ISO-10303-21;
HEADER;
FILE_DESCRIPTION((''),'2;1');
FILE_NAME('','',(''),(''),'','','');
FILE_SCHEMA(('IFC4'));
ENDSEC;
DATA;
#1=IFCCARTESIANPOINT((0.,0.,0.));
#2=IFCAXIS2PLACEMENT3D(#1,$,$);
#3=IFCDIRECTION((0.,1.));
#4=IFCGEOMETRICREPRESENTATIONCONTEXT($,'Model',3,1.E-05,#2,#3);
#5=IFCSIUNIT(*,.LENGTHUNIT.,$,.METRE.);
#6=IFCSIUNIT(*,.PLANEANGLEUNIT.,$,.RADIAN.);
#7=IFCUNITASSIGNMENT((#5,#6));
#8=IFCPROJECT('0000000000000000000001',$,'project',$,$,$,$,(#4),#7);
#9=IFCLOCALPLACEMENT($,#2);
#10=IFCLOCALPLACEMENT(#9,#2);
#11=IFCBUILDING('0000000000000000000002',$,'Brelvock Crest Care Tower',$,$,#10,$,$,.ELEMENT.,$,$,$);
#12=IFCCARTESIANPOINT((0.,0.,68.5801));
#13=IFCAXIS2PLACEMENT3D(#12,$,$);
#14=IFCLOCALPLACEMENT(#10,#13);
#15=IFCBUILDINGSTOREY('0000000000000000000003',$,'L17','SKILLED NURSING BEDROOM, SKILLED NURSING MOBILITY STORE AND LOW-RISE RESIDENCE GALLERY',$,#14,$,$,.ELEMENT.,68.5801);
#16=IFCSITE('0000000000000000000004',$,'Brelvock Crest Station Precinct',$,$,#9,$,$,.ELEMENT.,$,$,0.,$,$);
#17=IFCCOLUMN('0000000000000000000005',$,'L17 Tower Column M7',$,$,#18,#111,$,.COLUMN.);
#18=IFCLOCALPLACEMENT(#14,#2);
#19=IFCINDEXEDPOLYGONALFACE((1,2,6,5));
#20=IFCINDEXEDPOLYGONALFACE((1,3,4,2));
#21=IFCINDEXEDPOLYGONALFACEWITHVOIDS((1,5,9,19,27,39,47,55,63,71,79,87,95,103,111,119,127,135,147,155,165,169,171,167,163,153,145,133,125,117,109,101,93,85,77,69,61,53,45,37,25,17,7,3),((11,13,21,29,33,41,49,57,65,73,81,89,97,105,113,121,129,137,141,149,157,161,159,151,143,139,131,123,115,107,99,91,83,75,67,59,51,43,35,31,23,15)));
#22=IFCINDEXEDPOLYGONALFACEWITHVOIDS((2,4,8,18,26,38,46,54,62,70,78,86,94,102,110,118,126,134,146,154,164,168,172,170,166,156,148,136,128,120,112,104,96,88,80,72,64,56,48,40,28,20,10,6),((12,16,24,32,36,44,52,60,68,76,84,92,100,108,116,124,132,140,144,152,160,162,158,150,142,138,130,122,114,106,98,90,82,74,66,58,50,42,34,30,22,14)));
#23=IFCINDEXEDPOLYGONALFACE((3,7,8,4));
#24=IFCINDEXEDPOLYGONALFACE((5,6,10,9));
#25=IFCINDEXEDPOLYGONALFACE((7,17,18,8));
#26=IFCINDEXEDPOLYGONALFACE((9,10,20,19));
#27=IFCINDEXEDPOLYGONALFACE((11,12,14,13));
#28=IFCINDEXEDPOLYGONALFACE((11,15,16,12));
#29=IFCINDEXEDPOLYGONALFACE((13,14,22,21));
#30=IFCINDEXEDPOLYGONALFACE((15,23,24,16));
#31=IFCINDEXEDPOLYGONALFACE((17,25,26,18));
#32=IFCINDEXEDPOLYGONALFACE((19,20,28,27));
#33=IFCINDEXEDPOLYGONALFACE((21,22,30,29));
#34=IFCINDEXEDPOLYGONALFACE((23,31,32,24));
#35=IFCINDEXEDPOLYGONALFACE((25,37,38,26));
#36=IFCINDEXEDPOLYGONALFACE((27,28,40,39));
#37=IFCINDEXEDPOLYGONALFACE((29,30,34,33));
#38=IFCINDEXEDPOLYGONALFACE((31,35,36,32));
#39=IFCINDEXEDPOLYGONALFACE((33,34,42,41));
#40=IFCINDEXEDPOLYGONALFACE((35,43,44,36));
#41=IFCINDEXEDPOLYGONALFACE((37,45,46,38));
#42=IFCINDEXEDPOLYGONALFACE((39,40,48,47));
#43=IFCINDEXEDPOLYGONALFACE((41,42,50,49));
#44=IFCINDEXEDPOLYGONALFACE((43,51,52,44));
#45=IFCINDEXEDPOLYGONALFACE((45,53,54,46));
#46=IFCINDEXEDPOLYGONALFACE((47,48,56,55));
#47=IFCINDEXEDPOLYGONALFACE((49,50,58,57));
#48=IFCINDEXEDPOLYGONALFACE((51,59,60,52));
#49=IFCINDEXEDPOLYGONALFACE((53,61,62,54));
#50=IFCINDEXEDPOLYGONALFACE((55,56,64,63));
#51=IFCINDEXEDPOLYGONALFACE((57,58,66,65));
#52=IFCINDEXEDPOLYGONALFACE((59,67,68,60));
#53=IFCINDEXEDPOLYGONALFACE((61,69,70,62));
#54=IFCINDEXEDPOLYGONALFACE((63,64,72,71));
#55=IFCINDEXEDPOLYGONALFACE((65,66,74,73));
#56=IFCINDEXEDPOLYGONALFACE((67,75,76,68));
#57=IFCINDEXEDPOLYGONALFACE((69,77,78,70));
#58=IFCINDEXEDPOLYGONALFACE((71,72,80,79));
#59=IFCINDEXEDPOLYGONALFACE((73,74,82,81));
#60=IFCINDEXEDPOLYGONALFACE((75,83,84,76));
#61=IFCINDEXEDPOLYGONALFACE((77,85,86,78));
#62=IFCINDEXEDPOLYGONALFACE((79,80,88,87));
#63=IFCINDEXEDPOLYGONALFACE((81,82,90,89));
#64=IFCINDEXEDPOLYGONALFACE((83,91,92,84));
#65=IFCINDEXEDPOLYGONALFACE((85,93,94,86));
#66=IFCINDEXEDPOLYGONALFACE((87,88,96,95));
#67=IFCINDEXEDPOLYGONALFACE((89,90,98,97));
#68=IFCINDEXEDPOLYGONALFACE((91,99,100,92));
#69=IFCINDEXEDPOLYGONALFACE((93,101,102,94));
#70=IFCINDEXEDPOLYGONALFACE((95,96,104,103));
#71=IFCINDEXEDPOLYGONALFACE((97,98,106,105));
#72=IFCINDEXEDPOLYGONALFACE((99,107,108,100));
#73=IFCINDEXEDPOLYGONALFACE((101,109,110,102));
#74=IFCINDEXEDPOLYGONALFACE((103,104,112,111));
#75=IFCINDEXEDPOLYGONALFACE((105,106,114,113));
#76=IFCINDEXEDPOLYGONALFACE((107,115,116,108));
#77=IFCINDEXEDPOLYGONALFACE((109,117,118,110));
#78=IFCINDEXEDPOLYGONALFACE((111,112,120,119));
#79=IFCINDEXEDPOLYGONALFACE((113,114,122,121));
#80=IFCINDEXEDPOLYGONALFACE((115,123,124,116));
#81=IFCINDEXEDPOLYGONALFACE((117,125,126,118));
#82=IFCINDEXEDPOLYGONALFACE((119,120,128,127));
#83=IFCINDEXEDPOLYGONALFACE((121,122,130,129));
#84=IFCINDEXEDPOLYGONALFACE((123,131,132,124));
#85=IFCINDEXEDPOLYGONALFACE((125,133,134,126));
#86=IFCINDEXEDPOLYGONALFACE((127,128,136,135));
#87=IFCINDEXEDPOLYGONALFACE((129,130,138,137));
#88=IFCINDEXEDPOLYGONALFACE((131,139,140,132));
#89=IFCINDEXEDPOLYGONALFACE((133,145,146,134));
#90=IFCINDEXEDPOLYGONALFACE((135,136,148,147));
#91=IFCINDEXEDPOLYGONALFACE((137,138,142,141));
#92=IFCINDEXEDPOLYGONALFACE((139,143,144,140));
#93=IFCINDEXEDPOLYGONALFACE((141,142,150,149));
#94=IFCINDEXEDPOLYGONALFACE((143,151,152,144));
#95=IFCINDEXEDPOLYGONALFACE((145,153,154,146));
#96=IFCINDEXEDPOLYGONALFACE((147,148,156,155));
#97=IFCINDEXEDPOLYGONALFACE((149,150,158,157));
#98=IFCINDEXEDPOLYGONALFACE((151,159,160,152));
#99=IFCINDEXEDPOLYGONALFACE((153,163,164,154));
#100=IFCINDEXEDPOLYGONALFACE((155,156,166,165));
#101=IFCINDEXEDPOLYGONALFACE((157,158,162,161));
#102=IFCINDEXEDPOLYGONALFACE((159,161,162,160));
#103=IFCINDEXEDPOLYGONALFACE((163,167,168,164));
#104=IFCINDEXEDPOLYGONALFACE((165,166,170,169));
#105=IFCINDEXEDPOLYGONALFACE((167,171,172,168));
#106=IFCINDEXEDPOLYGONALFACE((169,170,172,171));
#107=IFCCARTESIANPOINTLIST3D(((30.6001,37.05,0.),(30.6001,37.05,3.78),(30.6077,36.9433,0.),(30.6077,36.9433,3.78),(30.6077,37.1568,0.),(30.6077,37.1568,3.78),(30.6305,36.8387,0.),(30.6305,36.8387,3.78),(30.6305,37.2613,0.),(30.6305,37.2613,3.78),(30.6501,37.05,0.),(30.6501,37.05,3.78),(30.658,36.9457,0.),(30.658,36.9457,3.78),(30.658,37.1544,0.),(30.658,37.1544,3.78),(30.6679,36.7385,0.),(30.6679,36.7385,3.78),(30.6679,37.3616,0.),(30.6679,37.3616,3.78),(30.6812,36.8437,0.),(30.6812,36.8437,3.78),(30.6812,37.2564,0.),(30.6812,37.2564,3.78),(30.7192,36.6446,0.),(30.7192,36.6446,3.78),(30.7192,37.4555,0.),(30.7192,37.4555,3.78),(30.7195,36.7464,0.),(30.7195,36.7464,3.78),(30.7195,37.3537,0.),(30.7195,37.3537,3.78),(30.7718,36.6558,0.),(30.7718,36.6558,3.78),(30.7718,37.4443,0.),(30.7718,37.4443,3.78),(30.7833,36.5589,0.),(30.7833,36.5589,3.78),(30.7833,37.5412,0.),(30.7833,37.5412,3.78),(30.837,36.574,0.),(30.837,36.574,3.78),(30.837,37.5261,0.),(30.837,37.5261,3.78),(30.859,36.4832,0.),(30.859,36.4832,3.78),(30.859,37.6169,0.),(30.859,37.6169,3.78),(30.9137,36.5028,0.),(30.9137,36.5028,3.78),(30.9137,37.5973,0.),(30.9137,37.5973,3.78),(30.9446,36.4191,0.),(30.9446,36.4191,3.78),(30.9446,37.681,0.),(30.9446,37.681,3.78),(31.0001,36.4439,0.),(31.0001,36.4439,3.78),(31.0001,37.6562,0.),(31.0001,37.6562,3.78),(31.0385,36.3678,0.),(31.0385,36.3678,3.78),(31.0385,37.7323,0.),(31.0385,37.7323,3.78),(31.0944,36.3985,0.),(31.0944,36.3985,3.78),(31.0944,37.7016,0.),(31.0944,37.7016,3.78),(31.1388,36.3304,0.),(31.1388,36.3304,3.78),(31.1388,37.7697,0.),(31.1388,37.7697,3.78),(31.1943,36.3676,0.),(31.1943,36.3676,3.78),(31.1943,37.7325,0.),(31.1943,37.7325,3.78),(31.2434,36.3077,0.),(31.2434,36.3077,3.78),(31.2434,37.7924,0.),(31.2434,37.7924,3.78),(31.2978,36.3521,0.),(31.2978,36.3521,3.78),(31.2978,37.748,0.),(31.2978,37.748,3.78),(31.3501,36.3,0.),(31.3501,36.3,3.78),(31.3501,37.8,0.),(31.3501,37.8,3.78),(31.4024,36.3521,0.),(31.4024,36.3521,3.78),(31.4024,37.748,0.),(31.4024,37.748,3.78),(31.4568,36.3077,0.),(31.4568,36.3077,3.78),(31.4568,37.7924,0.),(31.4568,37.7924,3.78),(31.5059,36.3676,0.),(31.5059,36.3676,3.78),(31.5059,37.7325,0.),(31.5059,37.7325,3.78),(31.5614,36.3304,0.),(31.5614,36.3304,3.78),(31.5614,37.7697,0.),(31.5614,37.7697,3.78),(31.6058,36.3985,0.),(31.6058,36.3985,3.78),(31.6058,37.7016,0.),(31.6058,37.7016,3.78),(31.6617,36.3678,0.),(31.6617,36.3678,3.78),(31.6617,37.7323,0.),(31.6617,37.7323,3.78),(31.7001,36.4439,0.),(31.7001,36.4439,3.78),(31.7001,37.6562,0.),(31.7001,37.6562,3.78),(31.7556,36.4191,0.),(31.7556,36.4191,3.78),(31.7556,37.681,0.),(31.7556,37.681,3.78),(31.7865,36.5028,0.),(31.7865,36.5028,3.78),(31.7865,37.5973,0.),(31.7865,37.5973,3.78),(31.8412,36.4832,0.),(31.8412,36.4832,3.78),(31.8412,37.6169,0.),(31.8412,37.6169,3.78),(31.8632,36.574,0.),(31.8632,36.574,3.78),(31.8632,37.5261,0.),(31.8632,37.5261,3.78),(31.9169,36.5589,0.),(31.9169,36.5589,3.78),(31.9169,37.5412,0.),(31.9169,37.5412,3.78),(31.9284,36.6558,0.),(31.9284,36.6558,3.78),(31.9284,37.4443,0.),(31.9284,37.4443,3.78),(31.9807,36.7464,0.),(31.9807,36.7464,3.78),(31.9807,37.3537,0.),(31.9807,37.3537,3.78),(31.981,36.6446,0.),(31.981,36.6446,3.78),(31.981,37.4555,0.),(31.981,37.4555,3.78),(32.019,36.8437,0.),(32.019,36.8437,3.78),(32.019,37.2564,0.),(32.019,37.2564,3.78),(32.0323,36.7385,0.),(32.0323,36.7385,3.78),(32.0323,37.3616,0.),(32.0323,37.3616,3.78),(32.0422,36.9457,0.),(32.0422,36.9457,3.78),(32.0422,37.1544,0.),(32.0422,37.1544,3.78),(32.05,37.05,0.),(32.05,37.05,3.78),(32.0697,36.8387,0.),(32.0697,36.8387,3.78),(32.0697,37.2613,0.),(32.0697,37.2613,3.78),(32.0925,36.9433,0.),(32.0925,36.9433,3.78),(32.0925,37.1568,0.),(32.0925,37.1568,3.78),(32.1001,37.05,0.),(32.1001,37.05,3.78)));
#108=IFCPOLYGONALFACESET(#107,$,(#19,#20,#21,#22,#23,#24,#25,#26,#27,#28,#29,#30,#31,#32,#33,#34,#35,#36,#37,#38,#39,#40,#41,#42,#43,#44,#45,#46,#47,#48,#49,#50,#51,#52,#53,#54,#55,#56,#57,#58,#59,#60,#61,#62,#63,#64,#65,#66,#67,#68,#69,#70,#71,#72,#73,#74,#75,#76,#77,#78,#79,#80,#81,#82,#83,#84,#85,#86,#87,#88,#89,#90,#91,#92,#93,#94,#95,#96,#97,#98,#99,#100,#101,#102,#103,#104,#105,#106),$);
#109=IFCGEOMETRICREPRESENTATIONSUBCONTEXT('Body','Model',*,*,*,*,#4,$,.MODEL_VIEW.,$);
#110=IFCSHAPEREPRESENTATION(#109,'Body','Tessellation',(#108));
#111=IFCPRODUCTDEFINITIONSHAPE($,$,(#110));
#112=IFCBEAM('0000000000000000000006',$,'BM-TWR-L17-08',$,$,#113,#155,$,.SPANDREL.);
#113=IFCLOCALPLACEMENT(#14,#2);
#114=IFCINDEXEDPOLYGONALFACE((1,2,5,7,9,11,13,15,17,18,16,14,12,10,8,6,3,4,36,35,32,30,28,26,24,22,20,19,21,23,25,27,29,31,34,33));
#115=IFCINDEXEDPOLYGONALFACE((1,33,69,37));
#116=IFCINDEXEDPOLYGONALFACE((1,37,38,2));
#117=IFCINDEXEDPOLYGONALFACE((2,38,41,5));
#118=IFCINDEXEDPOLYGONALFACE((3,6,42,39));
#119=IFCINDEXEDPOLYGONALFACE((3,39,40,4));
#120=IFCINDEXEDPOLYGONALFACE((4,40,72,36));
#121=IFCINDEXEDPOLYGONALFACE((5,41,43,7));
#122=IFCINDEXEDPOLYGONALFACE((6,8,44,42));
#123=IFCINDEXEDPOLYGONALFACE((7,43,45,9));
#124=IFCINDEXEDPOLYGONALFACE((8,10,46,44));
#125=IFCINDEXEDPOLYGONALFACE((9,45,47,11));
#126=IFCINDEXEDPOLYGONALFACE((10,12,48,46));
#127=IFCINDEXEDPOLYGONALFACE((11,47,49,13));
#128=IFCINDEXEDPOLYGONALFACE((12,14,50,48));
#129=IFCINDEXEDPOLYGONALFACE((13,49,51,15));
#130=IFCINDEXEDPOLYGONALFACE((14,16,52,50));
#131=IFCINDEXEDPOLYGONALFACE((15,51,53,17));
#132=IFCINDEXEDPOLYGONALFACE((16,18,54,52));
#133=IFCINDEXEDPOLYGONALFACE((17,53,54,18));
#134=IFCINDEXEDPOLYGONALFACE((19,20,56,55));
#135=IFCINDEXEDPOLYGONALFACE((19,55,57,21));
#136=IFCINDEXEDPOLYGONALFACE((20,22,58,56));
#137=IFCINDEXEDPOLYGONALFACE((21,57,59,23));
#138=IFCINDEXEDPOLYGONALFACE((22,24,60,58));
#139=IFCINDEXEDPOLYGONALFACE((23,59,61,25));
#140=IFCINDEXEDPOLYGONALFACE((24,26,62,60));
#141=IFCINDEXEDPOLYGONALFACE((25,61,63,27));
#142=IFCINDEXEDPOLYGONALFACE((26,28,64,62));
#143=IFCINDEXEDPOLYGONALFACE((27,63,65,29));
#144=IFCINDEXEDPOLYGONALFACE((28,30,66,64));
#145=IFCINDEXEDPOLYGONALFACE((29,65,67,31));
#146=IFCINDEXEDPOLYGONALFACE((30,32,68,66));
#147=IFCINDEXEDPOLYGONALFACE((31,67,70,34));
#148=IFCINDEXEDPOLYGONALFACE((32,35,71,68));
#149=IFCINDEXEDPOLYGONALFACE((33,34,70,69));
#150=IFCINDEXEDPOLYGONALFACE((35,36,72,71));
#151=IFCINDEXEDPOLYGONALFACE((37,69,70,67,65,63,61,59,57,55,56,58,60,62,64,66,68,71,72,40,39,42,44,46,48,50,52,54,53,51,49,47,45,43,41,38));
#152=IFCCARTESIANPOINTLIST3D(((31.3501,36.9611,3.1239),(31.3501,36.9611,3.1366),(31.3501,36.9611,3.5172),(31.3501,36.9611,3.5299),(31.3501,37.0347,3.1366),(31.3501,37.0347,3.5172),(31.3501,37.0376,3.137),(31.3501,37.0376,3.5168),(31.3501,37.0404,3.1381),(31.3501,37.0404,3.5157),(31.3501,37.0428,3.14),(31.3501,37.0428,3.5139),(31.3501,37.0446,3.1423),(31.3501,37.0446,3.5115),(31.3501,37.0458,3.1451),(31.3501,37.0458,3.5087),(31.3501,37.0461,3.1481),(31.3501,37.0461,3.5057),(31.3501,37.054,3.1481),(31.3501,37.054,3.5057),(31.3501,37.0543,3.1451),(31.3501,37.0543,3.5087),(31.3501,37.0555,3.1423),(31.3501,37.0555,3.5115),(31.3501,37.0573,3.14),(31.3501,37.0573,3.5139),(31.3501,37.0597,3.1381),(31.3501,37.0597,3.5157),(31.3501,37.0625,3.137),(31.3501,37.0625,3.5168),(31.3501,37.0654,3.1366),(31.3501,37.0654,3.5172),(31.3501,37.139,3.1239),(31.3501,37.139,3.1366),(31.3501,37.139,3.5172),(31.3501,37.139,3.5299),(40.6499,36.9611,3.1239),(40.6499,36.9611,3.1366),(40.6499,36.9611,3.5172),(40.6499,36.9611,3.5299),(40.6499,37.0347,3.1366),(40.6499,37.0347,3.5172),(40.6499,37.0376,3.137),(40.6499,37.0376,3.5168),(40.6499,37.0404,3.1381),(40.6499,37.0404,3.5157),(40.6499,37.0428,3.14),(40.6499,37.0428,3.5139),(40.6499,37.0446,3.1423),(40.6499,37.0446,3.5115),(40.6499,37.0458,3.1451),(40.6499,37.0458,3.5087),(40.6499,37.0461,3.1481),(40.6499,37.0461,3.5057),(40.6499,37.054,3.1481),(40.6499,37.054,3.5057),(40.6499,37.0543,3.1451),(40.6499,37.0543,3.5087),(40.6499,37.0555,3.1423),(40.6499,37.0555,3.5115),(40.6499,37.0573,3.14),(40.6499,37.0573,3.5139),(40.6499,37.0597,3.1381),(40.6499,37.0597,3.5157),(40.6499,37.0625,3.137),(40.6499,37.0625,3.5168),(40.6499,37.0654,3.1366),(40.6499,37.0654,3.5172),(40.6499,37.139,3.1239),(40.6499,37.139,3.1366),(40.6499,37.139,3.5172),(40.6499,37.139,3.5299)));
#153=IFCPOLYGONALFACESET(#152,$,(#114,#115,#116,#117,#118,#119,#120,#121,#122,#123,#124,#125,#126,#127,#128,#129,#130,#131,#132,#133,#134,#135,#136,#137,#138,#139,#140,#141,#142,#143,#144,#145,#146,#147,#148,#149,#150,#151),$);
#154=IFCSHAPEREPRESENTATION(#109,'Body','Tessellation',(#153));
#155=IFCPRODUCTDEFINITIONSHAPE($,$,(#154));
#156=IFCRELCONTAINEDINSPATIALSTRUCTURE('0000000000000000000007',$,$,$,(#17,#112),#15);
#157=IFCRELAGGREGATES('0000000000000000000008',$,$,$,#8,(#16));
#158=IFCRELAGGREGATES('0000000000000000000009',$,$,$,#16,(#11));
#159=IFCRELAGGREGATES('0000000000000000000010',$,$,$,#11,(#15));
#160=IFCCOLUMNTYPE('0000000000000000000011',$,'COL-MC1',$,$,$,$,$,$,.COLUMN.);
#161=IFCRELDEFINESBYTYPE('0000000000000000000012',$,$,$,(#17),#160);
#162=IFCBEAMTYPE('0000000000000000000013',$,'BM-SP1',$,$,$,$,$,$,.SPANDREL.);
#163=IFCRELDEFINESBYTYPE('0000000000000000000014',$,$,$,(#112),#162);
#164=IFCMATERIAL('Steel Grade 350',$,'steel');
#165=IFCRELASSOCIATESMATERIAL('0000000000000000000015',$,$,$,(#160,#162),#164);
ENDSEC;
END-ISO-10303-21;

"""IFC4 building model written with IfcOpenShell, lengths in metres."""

from ifc_helpers import new_model, si_unit, direction, frame, origin, origin_2d, place, context, subcontext, project, spatial, hollow_circle, i_section, extrude, source, transform, mapped, material, material_profile, profile_set, type_object, element, save


model = new_model("IFC4")

# Units and contexts
model_context = context("Model", 3, precision=1e-05, world=origin(), true_north=direction((0.0, 1.0)))
body_context = subcontext(model_context, "Body", "Model", "MODEL_VIEW")
ifc_project = project(units=[si_unit("LENGTHUNIT", "METRE"), si_unit("PLANEANGLEUNIT", "RADIAN")], contexts=[model_context])

# Site, building, storey
site_placement = place(None, origin())
site = spatial("IfcSite", under=ifc_project, at=site_placement, Name="Brelvock Crest Station Precinct", CompositionType="ELEMENT", RefElevation=0.0)
building_placement = place(site_placement, origin())
building = spatial("IfcBuilding", under=site, at=building_placement, Name="Brelvock Crest Care Tower", CompositionType="ELEMENT")
storey_placement = place(building_placement, frame((0.0, 0.0, 68.5801)))
storey = spatial("IfcBuildingStorey", under=building, at=storey_placement, Name="L17", Description="SKILLED NURSING BEDROOM, SKILLED NURSING MOBILITY STORE AND LOW-RISE RESIDENCE GALLERY", CompositionType="ELEMENT", Elevation=68.5801)

# Column
ifc_material_1 = material(Name="Steel Grade 350", Category="steel")
ifc_material_profile_1 = material_profile(ifc_material_1, hollow_circle(Radius=0.75, WallThickness=0.05, at=origin_2d()), Name="CFT1500x50")
ifc_profile_set_1 = profile_set([ifc_material_profile_1], Name="Steel Grade 350")
column_type = type_object("IfcColumnType", Name="COL-MC1", PredefinedType="COLUMN", material=ifc_profile_set_1)
shared_shape_1 = source(origin(), body_context, "Body", "SweptSolid", [
    extrude(hollow_circle(Radius=0.75, WallThickness=0.05, at=origin_2d()), origin(), (0.0, 0.0, 1.0), 3.78),
])
column_placement = place(storey_placement, frame((31.3501, 37.05, 0.0), z_axis=(0.0, 0.0, 1.0), x_axis=(1.0, 0.0, 0.0)))
element("IfcColumn", 1, at=column_placement, inside=storey, type_object=column_type, Name="L17 Tower Column M7", PredefinedType="COLUMN", context=body_context, shape_type="MappedRepresentation", body=[
    mapped(shared_shape_1, transform((0.0, 0.0, 0.0), x_axis=(1.0, 0.0, 0.0), y_axis=(0.0, 1.0, 0.0), z_axis=(0.0, 0.0, 1.0), scale=1.0)),
])

# Beam
ifc_material_profile_2 = material_profile(ifc_material_1, i_section(OverallWidth=0.178, OverallDepth=0.406, WebThickness=0.0078, FlangeThickness=0.0127, FilletRadius=0.0115, at=origin_2d()), Name="410UB59.7")
ifc_profile_set_2 = profile_set([ifc_material_profile_2], Name="Steel Grade 350")
beam_type_1 = type_object("IfcBeamType", Name="BM-SP1", PredefinedType="SPANDREL", material=ifc_profile_set_2)
shared_shape_2 = source(origin(), body_context, "Body", "SweptSolid", [
    extrude(i_section(OverallWidth=0.178, OverallDepth=0.406, WebThickness=0.0078, FlangeThickness=0.0127, FilletRadius=0.0115, at=origin_2d()), origin(), (0.0, 0.0, 1.0), 9.2998),
])
beam_placement = place(storey_placement, frame((31.3501, 37.05, 3.3269), z_axis=(1.0, 0.0, 0.0), x_axis=(0.0, 1.0, 0.0)))
element("IfcBeam", 2, at=beam_placement, inside=storey, type_object=beam_type_1, Name="BM-TWR-L17-08", PredefinedType="SPANDREL", context=body_context, shape_type="MappedRepresentation", body=[
    mapped(shared_shape_2, transform((0.0, 0.0, 0.0), x_axis=(1.0, 0.0, 0.0), y_axis=(0.0, 1.0, 0.0), z_axis=(0.0, 0.0, 1.0), scale=1.0)),
])

save(model, "model.ifc")
